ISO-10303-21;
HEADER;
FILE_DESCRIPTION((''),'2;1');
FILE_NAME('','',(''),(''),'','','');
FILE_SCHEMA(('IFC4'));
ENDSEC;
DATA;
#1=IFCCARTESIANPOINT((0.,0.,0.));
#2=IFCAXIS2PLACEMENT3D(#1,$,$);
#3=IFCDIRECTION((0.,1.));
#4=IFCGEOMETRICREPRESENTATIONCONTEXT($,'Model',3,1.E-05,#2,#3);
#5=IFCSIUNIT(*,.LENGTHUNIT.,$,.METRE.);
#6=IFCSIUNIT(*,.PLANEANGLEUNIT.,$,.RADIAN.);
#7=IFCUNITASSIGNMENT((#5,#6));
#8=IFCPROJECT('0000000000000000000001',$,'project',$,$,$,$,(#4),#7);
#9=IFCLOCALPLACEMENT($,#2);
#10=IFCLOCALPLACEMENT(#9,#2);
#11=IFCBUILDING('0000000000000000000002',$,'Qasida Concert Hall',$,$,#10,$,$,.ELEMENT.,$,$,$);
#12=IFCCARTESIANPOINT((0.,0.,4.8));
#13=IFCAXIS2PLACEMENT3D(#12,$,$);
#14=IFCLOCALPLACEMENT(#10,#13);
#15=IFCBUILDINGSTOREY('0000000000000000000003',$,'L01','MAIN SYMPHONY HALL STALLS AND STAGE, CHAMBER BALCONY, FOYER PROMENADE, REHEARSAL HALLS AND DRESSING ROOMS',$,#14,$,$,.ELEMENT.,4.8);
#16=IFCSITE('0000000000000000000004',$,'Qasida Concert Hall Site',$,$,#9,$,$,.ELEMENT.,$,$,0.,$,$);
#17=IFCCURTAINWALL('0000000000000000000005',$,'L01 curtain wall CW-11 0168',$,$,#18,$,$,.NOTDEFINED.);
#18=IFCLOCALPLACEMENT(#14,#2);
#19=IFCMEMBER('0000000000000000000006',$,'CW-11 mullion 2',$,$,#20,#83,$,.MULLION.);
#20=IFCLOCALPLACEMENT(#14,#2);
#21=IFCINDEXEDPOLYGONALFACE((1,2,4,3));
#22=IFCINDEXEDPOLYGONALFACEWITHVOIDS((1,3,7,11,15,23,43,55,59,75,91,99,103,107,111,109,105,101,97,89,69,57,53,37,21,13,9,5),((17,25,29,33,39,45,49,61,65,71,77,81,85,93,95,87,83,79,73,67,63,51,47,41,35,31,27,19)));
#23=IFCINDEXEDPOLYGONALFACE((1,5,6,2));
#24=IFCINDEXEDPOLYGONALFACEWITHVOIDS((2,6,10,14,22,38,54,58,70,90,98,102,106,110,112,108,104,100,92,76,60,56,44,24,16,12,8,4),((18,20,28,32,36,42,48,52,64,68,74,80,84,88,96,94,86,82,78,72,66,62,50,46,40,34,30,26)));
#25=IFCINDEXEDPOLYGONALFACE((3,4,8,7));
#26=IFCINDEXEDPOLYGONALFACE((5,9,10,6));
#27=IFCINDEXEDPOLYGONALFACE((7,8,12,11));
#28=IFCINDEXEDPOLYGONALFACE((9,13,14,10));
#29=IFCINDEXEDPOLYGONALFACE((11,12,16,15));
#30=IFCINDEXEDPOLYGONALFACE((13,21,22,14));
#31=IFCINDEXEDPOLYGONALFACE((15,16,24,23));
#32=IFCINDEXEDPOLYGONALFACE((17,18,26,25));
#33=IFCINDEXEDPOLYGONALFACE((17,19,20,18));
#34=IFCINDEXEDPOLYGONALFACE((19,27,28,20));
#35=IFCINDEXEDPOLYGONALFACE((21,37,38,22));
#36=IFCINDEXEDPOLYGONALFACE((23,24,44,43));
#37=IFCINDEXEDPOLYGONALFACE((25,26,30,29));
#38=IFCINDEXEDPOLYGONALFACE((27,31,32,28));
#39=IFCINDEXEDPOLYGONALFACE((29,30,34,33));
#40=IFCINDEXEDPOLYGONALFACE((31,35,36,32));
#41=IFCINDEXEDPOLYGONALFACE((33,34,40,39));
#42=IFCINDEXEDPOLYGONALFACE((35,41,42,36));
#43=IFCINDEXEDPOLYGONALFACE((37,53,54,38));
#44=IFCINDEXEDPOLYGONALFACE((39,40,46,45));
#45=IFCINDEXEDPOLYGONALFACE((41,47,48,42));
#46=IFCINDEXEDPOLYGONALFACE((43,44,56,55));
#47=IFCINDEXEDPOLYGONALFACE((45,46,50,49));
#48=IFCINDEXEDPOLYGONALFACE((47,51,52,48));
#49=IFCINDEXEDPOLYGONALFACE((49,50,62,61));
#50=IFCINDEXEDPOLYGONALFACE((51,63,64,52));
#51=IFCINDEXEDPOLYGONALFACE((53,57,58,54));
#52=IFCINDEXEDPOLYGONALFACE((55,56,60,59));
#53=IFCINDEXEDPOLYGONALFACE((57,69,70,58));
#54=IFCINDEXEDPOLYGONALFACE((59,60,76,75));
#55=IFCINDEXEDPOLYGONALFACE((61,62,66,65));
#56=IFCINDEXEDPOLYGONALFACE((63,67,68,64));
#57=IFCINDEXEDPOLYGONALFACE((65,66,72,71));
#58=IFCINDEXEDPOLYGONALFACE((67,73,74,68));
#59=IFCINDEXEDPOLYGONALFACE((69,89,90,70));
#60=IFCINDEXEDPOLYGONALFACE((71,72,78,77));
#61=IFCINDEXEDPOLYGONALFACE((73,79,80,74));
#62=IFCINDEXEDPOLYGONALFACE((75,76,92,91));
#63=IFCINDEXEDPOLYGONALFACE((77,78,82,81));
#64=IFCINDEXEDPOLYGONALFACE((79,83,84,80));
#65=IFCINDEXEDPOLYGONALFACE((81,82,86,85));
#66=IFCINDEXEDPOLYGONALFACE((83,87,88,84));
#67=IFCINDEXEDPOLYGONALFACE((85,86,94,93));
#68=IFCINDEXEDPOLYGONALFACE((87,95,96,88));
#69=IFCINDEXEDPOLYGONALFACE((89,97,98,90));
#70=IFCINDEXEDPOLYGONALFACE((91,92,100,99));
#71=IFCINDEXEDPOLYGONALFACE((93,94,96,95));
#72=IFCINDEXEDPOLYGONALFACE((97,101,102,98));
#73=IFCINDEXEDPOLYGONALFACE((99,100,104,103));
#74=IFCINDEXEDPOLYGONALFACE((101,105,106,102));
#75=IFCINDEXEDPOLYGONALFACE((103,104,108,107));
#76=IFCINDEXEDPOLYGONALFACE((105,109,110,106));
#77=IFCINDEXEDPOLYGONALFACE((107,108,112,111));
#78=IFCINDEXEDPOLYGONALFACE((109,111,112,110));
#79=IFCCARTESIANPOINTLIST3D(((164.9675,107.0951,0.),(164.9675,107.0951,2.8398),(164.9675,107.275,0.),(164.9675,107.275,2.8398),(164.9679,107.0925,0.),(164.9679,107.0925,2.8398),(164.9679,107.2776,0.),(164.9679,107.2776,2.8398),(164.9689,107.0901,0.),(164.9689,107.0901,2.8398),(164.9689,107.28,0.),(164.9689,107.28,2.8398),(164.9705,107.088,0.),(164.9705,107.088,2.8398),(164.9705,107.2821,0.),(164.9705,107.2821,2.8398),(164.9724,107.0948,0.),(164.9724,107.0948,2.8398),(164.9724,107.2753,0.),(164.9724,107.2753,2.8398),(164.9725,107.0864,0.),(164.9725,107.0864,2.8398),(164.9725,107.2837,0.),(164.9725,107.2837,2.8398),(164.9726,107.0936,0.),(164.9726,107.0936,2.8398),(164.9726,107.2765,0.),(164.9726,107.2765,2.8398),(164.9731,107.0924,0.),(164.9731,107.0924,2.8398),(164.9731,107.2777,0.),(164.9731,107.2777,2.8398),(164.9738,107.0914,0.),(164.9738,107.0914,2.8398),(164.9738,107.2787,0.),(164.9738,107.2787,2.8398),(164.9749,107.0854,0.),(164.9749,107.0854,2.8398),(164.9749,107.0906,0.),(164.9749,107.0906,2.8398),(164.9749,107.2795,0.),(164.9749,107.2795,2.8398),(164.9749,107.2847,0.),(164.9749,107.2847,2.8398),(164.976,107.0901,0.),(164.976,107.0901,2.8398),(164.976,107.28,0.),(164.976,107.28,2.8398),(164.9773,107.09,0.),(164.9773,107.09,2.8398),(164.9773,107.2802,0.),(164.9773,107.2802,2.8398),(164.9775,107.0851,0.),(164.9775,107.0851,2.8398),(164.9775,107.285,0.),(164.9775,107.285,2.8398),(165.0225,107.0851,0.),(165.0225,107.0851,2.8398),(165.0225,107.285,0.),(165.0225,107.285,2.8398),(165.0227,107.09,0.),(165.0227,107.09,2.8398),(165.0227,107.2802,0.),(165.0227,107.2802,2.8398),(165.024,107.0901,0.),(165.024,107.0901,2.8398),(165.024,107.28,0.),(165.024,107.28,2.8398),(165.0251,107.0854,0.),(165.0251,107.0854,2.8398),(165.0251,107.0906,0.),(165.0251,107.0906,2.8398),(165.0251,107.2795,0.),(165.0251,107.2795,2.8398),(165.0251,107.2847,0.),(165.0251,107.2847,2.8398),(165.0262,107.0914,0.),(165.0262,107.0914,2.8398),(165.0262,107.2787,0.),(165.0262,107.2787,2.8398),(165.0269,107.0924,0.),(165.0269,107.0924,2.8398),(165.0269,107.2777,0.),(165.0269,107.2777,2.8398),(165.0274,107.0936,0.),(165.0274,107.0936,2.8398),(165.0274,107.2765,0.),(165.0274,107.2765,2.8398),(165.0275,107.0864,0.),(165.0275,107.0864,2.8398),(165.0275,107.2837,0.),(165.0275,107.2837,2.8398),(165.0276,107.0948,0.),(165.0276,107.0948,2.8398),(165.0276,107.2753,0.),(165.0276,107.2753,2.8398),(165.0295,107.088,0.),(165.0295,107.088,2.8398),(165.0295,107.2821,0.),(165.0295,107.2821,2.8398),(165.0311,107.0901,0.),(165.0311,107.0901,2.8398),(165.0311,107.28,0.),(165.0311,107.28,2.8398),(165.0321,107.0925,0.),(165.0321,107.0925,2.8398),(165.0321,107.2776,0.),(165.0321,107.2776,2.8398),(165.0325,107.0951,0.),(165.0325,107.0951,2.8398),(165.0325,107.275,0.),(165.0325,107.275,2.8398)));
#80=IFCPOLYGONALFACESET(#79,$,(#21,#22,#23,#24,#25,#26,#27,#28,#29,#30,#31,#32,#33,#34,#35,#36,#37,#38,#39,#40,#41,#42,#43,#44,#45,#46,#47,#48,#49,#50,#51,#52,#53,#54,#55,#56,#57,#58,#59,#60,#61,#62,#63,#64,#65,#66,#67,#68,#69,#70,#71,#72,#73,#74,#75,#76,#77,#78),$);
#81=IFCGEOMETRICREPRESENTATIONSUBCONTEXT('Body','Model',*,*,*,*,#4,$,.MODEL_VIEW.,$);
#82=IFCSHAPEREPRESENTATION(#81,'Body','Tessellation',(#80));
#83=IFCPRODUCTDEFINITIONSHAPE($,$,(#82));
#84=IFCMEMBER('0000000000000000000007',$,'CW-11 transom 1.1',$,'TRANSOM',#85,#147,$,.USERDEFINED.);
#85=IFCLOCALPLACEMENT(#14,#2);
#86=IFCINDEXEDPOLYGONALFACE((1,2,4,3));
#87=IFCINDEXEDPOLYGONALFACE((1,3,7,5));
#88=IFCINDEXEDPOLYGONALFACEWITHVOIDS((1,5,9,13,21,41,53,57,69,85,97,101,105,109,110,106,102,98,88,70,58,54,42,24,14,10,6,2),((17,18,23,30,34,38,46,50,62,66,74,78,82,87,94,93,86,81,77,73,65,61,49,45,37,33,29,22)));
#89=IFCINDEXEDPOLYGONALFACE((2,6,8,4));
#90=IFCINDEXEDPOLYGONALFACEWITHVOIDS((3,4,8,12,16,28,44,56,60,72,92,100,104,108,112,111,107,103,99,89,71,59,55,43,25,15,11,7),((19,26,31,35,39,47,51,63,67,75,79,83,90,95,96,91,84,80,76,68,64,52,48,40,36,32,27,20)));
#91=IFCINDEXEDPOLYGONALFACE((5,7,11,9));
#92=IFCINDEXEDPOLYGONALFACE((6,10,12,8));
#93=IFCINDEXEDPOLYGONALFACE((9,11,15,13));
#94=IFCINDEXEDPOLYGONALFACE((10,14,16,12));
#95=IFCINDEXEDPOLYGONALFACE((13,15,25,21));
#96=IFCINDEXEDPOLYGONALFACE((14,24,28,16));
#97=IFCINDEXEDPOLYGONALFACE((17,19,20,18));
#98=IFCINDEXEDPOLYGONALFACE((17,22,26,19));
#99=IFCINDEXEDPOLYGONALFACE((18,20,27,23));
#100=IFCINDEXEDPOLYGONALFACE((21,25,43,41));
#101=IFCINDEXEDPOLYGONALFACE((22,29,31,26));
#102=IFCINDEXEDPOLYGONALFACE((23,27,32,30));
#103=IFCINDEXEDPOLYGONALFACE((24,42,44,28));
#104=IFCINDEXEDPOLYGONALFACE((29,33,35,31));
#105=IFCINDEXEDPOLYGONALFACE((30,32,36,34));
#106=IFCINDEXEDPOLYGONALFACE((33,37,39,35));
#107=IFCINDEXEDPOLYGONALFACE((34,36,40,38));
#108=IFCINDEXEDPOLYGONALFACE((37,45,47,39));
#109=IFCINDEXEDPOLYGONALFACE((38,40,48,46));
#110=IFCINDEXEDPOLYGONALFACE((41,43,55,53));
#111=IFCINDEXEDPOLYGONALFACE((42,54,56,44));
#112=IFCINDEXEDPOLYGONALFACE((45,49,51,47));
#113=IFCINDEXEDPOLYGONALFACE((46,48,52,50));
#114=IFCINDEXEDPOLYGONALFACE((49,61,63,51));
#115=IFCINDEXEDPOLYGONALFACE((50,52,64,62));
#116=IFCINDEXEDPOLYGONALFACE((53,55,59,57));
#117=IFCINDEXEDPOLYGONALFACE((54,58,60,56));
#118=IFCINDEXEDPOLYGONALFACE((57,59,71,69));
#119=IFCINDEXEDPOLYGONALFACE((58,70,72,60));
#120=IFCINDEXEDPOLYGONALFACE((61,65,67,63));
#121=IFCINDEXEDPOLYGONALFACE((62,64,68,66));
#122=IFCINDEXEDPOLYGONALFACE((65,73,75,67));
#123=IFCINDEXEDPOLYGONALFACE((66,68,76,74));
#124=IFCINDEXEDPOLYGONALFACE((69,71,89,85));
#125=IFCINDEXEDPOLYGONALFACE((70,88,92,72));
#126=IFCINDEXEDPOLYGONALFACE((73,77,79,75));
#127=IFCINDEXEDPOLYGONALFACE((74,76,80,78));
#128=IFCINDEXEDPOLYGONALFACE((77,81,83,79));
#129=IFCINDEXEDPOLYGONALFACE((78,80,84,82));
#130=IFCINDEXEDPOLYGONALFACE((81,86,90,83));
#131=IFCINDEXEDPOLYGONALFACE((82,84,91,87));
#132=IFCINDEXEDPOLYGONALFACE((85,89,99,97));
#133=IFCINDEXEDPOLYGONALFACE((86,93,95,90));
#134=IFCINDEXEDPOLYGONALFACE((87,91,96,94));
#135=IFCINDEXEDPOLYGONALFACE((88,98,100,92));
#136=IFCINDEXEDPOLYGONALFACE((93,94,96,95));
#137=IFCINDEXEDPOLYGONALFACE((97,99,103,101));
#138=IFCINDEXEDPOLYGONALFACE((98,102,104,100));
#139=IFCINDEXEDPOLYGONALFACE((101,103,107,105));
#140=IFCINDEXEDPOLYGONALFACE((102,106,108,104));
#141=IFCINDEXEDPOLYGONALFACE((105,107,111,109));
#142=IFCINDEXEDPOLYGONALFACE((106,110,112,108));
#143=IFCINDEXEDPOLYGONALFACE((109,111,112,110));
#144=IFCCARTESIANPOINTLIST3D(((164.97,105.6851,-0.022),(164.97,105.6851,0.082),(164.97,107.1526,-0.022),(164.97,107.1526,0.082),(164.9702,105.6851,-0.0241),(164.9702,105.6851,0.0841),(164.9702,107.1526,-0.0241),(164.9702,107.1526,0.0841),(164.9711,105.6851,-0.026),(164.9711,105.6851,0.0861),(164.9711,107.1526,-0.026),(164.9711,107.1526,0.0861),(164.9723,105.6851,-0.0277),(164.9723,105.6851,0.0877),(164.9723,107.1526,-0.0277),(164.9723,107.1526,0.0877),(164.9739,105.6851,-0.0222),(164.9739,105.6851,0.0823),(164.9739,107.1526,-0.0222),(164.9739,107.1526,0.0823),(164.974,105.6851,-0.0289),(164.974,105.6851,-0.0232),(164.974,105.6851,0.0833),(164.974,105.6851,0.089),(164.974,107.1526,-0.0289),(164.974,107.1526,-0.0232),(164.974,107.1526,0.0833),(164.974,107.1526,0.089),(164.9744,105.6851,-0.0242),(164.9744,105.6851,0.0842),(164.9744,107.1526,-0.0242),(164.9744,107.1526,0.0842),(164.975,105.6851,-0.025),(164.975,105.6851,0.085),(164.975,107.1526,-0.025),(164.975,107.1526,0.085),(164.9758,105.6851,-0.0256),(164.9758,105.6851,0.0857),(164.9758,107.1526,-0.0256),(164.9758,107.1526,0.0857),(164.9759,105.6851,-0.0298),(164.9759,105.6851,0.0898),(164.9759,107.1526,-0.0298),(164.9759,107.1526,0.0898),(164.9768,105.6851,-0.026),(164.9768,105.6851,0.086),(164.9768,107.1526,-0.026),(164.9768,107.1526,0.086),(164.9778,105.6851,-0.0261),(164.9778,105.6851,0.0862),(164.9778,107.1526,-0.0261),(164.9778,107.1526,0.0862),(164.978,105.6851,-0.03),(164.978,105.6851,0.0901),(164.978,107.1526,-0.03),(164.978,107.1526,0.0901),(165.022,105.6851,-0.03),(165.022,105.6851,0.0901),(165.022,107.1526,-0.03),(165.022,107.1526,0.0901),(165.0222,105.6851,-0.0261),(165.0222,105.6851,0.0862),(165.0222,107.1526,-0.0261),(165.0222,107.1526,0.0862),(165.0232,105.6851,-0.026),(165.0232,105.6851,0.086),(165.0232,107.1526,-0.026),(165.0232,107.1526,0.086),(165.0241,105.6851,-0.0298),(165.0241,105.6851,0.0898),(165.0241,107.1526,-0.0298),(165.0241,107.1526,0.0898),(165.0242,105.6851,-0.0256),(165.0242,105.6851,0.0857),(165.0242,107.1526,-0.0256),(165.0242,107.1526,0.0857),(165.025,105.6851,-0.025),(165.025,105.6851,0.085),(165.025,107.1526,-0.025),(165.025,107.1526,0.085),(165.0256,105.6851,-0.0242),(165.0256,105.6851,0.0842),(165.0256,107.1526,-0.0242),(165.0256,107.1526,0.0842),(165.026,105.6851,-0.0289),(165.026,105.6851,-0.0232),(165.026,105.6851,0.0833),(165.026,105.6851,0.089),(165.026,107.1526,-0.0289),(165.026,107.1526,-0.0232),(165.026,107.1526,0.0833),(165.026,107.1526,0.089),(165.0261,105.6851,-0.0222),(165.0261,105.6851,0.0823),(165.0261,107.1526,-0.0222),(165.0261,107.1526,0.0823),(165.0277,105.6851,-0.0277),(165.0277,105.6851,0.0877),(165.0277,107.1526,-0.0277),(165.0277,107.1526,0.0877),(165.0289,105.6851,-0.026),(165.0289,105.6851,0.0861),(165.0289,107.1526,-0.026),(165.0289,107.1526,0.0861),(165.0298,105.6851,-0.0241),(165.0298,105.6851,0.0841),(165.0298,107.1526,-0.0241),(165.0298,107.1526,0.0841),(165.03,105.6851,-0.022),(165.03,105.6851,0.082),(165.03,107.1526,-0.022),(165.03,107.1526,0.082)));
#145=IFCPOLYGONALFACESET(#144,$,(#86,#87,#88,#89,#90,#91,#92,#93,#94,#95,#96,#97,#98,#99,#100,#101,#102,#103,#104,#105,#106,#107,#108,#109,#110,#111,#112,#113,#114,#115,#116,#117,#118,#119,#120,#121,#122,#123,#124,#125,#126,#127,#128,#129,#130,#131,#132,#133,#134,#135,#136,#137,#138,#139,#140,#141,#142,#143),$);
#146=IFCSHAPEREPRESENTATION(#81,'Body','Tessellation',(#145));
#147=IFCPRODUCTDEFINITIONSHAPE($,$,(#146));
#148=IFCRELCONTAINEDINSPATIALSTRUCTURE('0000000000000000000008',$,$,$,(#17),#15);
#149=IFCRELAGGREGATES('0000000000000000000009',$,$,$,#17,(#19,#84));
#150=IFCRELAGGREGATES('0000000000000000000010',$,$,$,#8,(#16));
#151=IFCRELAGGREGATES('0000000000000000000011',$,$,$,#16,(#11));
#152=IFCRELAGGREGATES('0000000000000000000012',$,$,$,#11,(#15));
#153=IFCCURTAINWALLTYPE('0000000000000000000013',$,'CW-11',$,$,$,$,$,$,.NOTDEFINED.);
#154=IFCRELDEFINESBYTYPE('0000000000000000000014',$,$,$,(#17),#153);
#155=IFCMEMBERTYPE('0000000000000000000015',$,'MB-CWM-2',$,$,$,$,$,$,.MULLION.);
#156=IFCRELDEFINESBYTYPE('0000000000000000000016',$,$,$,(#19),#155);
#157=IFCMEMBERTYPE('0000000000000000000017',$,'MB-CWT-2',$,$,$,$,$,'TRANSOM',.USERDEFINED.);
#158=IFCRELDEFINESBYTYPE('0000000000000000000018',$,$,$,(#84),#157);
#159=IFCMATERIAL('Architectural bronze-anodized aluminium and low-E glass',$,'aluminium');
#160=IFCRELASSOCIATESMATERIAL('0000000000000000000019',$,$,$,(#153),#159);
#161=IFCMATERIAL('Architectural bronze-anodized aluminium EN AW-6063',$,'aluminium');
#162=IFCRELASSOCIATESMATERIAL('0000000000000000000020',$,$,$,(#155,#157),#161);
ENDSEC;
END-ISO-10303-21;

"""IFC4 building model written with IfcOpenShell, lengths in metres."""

from ifc_helpers import new_model, si_unit, direction, frame, origin, origin_2d, place, context, subcontext, project, spatial, hollow_rectangle, extrude, material, material_profile, profile_set, type_object, element, aggregate, save


model = new_model("IFC4")

# Units and contexts
model_context = context("Model", 3, precision=1e-05, world=origin(), true_north=direction((0.0, 1.0)))
body_context = subcontext(model_context, "Body", "Model", "MODEL_VIEW")
ifc_project = project(units=[si_unit("LENGTHUNIT", "METRE"), si_unit("PLANEANGLEUNIT", "RADIAN")], contexts=[model_context])

# Site, building, storey
site_placement = place(None, origin())
site = spatial("IfcSite", under=ifc_project, at=site_placement, Name="Qasida Concert Hall Site", CompositionType="ELEMENT", RefElevation=0.0)
building_placement = place(site_placement, origin())
building = spatial("IfcBuilding", under=site, at=building_placement, Name="Qasida Concert Hall", CompositionType="ELEMENT")
storey_placement = place(building_placement, frame((0.0, 0.0, 4.8)))
storey = spatial("IfcBuildingStorey", under=building, at=storey_placement, Name="L01", Description="MAIN SYMPHONY HALL STALLS AND STAGE, CHAMBER BALCONY, FOYER PROMENADE, REHEARSAL HALLS AND DRESSING ROOMS", CompositionType="ELEMENT", Elevation=4.8)

# Curtain wall, members
ifc_material_1 = material(Name="Architectural bronze-anodized aluminium and low-E glass", Category="aluminium")
curtain_wall_type = type_object("IfcCurtainWallType", Name="CW-11", PredefinedType="NOTDEFINED", material=ifc_material_1)
curtain_wall_placement = place(storey_placement, origin())
curtain_wall = element("IfcCurtainWall", 1, at=curtain_wall_placement, inside=storey, type_object=curtain_wall_type, Name="L01 curtain wall CW-11 0168", PredefinedType="NOTDEFINED")
ifc_material_2 = material(Name="Architectural bronze-anodized aluminium EN AW-6063", Category="aluminium")
ifc_material_profile_1 = material_profile(ifc_material_2, hollow_rectangle(XDim=0.0649, YDim=0.2, WallThickness=0.0049, InnerFilletRadius=0.0049, OuterFilletRadius=0.01, at=origin_2d()), Name="CWM 200x65x5")
ifc_profile_set_1 = profile_set([ifc_material_profile_1], Name="Architectural bronze-anodized aluminium EN AW-6063")
member_type_1 = type_object("IfcMemberType", Name="MB-CWM-2", PredefinedType="MULLION", material=ifc_profile_set_1)
member_1_placement = place(storey_placement, frame((165.0, 107.1851, 0.0), z_axis=(0.0, 0.0, 1.0), x_axis=(-1.0, 0.0, 0.0)))
member_1 = element("IfcMember", 2, at=member_1_placement, type_object=member_type_1, Name="CW-11 mullion 2", PredefinedType="MULLION", context=body_context, shape_type="SweptSolid", body=[
    extrude(hollow_rectangle(XDim=0.0649, YDim=0.2, WallThickness=0.0049, InnerFilletRadius=0.0049, OuterFilletRadius=0.01, at=origin_2d()), origin(), (0.0, 0.0, 1.0), 2.8398),
])
ifc_material_profile_2 = material_profile(ifc_material_2, hollow_rectangle(XDim=0.0601, YDim=0.1201, WallThickness=0.0039, InnerFilletRadius=0.0039, OuterFilletRadius=0.0081, at=origin_2d()), Name="CWT 120x60x4")
ifc_profile_set_2 = profile_set([ifc_material_profile_2], Name="Architectural bronze-anodized aluminium EN AW-6063")
member_type_2 = type_object("IfcMemberType", Name="MB-CWT-2", ElementType="TRANSOM", PredefinedType="USERDEFINED", material=ifc_profile_set_2)
member_2_placement = place(storey_placement, frame((165.0, 105.6851, 0.03), z_axis=(0.0, 1.0, 0.0), x_axis=(-1.0, 0.0, 0.0)))
member_2 = element("IfcMember", 3, at=member_2_placement, type_object=member_type_2, Name="CW-11 transom 1.1", ObjectType="TRANSOM", PredefinedType="USERDEFINED", context=body_context, shape_type="SweptSolid", body=[
    extrude(hollow_rectangle(XDim=0.0601, YDim=0.1201, WallThickness=0.0039, InnerFilletRadius=0.0039, OuterFilletRadius=0.0081, at=origin_2d()), origin(), (0.0, 0.0, 1.0), 1.4675),
])
aggregate(curtain_wall, [member_1, member_2])

save(model, "model.ifc")
